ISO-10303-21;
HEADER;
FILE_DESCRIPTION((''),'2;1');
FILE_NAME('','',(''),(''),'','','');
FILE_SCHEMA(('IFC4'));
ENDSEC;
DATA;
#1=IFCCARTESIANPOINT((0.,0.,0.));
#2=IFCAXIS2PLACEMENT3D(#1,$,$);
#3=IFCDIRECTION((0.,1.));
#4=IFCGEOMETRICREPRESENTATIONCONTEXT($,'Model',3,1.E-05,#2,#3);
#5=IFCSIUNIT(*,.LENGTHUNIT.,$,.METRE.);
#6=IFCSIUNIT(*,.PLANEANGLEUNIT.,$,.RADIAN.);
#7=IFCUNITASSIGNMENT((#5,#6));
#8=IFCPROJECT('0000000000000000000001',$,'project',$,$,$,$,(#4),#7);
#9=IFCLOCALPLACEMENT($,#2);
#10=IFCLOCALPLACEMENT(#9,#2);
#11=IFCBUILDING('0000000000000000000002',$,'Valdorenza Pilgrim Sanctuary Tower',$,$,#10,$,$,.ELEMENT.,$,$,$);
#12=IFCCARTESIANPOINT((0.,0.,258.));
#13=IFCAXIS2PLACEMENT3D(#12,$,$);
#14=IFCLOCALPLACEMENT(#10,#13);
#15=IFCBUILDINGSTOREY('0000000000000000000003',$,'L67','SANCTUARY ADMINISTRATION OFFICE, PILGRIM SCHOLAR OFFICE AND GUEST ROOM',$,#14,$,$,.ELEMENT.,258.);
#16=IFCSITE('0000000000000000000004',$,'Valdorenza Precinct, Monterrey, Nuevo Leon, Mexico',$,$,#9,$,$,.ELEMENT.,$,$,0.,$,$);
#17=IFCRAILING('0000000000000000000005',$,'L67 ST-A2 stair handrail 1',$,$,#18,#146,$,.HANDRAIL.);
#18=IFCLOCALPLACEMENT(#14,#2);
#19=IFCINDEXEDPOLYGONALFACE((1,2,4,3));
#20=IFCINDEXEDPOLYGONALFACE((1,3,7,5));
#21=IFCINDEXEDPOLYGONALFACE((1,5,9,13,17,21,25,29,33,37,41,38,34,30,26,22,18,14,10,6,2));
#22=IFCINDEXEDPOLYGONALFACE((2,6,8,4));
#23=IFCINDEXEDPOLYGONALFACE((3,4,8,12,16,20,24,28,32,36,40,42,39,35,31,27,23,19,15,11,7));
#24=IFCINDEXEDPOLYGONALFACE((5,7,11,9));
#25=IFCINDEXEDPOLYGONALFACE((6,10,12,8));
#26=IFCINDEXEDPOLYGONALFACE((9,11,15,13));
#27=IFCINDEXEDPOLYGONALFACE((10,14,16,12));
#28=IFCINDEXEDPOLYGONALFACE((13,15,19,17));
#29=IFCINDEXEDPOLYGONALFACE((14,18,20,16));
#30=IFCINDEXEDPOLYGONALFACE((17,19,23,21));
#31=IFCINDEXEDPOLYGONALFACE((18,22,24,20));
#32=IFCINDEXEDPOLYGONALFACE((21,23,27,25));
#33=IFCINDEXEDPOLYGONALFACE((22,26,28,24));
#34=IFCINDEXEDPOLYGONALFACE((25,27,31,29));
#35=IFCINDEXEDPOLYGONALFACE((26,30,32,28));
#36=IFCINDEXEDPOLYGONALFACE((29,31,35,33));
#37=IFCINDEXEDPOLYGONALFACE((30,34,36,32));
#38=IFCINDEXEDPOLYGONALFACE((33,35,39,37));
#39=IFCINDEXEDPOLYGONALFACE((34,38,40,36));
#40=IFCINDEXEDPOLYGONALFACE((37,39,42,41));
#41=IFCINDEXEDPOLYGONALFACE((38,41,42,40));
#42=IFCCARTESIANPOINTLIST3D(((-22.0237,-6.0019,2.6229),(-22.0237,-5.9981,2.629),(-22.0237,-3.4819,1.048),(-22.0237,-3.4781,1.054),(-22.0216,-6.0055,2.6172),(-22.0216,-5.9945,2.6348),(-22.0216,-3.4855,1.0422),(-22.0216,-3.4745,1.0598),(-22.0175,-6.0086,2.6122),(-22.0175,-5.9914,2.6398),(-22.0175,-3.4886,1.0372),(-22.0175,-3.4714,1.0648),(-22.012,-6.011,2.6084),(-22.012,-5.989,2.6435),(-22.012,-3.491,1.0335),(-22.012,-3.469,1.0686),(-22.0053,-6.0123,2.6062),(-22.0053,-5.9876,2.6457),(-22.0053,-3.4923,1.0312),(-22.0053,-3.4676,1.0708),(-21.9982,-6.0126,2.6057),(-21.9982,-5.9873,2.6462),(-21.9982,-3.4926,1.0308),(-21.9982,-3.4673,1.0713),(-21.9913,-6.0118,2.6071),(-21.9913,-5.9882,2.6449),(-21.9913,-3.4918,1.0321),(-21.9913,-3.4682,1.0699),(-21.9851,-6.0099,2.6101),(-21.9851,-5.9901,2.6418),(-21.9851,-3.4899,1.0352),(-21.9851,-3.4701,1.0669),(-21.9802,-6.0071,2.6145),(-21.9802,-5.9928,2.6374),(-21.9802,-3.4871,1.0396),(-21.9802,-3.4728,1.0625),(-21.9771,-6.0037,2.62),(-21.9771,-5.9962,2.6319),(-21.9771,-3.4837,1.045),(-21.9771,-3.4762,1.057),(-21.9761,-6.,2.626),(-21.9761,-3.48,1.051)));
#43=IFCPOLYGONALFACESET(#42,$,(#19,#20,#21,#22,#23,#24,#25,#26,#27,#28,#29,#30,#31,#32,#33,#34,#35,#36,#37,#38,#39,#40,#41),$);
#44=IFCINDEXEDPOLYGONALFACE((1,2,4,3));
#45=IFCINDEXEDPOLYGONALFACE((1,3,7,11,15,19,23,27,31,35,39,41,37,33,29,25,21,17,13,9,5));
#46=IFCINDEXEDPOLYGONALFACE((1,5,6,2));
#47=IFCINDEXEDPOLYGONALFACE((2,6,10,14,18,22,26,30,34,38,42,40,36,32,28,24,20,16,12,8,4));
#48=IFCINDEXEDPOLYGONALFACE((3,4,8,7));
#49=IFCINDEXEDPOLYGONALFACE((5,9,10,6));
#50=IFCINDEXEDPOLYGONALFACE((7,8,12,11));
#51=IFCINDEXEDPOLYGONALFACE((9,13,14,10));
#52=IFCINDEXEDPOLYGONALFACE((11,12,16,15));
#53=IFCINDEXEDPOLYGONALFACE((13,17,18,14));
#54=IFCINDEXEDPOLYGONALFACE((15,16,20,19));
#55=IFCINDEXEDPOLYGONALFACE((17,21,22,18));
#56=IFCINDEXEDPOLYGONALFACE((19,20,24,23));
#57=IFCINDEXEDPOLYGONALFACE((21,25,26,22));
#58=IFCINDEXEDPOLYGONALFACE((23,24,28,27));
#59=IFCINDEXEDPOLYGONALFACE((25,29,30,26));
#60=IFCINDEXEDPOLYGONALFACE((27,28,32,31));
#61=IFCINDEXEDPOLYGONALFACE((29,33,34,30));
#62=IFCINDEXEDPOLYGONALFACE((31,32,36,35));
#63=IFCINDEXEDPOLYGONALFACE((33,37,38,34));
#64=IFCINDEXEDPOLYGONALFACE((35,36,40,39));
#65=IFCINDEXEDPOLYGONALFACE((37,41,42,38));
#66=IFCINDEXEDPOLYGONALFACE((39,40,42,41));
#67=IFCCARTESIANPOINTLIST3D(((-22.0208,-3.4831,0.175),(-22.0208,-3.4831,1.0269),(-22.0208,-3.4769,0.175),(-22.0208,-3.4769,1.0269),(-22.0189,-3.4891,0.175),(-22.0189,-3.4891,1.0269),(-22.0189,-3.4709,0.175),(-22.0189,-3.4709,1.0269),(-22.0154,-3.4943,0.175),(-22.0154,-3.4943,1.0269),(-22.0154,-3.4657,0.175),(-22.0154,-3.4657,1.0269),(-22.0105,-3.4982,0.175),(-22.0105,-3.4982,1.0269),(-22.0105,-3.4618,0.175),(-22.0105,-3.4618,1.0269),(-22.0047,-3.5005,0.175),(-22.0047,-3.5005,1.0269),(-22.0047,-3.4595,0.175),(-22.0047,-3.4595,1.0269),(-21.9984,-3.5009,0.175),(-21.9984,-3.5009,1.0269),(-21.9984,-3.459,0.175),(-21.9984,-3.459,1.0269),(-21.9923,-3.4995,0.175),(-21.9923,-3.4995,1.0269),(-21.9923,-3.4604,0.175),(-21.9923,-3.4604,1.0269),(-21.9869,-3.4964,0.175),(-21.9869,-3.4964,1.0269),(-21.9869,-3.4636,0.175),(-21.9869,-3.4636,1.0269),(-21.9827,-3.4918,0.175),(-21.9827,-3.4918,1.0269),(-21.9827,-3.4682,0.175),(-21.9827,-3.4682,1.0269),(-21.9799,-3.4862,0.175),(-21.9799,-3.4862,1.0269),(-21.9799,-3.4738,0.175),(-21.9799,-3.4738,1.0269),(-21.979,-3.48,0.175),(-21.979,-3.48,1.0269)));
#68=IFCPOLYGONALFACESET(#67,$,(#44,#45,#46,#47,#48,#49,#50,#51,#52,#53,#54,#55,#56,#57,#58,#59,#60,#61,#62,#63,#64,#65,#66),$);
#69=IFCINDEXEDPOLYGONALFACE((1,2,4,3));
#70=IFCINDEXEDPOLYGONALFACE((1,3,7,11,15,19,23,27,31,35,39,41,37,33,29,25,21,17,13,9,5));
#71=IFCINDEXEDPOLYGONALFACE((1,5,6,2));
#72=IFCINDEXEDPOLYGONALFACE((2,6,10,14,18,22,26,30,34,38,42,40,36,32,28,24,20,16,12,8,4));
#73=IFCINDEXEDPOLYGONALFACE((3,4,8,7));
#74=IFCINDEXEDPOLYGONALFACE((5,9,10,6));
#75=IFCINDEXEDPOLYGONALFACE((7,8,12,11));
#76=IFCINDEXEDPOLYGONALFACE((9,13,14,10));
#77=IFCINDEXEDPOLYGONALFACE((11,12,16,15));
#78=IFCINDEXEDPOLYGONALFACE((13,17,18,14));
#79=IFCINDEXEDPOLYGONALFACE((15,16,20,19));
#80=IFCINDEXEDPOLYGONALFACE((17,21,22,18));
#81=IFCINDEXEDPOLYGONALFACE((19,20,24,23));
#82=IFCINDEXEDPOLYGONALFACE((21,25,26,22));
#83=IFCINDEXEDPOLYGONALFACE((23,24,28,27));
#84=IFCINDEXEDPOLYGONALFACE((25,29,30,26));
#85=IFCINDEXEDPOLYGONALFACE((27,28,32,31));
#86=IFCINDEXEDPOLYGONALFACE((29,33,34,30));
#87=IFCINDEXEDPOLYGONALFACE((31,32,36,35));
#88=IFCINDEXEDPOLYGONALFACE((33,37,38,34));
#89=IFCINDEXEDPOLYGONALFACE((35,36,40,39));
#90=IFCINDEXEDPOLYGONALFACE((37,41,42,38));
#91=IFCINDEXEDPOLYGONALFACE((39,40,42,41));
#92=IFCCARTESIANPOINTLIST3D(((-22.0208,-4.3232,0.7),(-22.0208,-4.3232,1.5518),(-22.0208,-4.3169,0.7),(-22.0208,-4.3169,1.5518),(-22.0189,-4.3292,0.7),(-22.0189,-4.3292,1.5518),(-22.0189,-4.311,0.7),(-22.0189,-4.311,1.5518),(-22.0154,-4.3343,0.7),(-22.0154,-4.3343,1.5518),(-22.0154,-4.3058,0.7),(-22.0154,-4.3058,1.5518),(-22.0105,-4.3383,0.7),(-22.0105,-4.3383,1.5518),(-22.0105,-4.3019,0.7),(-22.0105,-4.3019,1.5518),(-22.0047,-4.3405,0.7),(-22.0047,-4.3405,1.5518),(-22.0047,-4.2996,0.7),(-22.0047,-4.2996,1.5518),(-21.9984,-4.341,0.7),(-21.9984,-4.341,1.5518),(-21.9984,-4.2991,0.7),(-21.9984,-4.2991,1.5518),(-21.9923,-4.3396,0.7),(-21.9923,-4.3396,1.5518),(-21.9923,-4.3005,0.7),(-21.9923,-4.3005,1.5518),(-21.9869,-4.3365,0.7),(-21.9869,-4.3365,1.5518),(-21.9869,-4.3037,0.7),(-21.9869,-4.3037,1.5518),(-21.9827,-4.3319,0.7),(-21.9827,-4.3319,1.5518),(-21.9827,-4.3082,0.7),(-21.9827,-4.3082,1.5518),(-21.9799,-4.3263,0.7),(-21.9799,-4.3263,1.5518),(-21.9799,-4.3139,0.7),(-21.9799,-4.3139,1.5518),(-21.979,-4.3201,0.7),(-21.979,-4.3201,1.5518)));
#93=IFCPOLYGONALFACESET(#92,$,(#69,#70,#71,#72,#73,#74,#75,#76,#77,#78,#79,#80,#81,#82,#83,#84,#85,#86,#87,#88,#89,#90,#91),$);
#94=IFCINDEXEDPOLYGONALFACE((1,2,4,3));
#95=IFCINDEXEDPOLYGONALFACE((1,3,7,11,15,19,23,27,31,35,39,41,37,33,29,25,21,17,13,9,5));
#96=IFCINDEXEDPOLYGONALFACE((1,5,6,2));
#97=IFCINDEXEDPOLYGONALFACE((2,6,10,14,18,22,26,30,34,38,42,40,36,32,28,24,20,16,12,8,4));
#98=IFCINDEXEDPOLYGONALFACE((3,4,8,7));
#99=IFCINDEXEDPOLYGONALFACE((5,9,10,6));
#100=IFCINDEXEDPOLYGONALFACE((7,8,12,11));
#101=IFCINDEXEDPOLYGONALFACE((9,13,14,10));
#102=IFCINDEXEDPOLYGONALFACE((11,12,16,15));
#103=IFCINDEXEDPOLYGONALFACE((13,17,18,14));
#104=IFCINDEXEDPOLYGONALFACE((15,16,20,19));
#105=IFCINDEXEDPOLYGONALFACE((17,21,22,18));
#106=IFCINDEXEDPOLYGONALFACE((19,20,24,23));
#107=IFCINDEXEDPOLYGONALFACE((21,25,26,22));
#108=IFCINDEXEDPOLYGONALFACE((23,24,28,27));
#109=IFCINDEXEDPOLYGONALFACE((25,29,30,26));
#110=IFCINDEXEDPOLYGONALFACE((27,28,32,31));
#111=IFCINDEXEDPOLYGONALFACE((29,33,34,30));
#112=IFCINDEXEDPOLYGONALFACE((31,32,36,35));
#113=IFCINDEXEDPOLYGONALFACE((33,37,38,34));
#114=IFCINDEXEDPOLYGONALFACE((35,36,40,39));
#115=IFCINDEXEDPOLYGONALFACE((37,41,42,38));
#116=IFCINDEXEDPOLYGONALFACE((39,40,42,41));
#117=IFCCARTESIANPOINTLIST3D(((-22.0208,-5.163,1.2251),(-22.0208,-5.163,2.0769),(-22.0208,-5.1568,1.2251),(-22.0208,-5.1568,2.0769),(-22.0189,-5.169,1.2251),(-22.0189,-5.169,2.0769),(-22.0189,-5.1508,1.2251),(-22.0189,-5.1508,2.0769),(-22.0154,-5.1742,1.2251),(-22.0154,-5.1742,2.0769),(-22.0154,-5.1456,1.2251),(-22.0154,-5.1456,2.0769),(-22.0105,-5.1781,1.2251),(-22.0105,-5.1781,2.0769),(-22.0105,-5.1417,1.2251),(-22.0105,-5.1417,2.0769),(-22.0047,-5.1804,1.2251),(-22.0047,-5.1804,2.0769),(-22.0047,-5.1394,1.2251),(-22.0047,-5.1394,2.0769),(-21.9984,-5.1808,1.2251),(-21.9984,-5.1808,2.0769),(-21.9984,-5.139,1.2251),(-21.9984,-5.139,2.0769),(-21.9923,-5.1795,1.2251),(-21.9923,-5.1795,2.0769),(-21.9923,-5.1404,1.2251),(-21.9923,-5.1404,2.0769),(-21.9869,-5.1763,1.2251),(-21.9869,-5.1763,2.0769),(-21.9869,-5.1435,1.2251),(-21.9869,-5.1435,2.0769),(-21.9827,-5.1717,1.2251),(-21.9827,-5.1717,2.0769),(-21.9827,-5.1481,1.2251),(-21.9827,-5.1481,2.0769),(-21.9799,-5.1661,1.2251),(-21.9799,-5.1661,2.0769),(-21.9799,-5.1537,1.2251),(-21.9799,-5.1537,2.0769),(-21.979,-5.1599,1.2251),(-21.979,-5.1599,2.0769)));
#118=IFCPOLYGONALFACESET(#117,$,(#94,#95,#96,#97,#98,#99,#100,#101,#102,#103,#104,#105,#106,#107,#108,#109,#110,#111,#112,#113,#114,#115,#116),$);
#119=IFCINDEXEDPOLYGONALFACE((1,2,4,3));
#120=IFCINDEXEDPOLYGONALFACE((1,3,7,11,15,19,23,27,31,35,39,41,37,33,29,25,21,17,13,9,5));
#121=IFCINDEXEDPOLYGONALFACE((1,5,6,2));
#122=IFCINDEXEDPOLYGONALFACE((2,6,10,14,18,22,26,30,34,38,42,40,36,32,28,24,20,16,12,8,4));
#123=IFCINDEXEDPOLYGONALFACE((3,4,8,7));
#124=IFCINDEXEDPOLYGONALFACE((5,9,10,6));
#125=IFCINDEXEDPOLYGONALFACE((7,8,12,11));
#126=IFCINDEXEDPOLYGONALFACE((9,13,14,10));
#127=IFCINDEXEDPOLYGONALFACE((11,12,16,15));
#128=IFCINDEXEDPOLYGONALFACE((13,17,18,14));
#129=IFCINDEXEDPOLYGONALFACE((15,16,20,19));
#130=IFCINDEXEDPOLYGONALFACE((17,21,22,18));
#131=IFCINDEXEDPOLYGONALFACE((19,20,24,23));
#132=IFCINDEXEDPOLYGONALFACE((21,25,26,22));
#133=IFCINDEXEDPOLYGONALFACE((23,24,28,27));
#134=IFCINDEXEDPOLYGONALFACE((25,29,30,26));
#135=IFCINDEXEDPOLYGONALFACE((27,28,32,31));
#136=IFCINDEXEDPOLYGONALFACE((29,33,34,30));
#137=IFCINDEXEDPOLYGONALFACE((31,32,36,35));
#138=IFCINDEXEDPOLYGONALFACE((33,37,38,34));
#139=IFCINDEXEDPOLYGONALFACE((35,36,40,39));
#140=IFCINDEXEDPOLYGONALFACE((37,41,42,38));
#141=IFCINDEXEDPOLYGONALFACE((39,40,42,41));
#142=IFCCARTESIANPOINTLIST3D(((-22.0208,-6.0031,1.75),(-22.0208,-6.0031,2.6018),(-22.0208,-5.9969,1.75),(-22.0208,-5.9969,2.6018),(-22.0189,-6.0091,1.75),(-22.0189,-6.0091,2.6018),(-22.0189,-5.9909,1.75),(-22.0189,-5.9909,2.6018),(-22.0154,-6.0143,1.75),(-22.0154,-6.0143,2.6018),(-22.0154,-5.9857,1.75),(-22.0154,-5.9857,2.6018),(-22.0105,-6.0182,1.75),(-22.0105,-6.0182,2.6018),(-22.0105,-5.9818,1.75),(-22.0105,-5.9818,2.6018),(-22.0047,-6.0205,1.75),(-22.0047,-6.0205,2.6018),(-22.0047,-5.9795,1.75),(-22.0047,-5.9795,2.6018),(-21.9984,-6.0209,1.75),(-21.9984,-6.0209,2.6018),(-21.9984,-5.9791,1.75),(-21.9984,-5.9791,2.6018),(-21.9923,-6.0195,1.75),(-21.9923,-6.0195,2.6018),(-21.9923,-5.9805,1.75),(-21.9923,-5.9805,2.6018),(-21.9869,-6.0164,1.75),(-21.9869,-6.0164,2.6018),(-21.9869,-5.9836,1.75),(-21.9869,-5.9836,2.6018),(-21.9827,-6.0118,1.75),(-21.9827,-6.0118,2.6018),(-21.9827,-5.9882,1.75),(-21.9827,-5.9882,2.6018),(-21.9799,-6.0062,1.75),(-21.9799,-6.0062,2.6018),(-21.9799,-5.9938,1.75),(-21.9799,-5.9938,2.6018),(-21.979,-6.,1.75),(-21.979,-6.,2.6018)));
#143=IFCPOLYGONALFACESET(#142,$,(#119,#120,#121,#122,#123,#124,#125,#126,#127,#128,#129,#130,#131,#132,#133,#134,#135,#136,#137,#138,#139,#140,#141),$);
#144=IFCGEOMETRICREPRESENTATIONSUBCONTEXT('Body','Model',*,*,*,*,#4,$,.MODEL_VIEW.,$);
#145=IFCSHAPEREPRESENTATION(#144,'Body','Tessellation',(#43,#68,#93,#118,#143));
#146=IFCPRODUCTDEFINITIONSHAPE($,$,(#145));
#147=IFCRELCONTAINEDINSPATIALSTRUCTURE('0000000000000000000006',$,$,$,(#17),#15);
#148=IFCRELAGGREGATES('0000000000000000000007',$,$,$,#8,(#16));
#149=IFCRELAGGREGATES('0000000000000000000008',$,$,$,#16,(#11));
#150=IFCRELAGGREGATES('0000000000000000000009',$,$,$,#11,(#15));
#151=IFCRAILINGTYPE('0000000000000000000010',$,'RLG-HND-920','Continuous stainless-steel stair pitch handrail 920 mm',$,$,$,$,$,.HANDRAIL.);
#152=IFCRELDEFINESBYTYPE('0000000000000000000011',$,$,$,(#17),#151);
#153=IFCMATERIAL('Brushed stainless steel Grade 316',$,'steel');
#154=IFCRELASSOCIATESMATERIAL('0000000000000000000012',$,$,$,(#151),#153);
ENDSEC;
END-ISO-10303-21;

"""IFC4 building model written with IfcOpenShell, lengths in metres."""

from ifc_helpers import new_model, si_unit, direction, frame, origin, origin_2d, place, context, subcontext, project, spatial, circle, extrude, material, type_object, element, save


model = new_model("IFC4")

# Units and contexts
model_context = context("Model", 3, precision=1e-05, world=origin(), true_north=direction((0.0, 1.0)))
body_context = subcontext(model_context, "Body", "Model", "MODEL_VIEW")
ifc_project = project(units=[si_unit("LENGTHUNIT", "METRE"), si_unit("PLANEANGLEUNIT", "RADIAN")], contexts=[model_context])

# Site, building, storey
site_placement = place(None, origin())
site = spatial("IfcSite", under=ifc_project, at=site_placement, Name="Valdorenza Precinct, Monterrey, Nuevo Leon, Mexico", CompositionType="ELEMENT", RefElevation=0.0)
building_placement = place(site_placement, origin())
building = spatial("IfcBuilding", under=site, at=building_placement, Name="Valdorenza Pilgrim Sanctuary Tower", CompositionType="ELEMENT")
storey_placement = place(building_placement, frame((0.0, 0.0, 258.0)))
storey = spatial("IfcBuildingStorey", under=building, at=storey_placement, Name="L67", Description="SANCTUARY ADMINISTRATION OFFICE, PILGRIM SCHOLAR OFFICE AND GUEST ROOM", CompositionType="ELEMENT", Elevation=258.0)

# Shared definitions
ifc_material_1 = material(Name="Brushed stainless steel Grade 316", Category="steel")

# Railing
railing_type_1 = type_object("IfcRailingType", Name="RLG-HND-920", Description="Continuous stainless-steel stair pitch handrail 920 mm", PredefinedType="HANDRAIL", material=ifc_material_1)
railing_1_placement = place(storey_placement, frame((-22.0, -3.48, 0.175)))
element("IfcRailing", 1, at=railing_1_placement, inside=storey, type_object=railing_type_1, Name="L67 ST-A2 stair handrail 1", PredefinedType="HANDRAIL", context=body_context, shape_type="SweptSolid", body=[
    extrude(circle(Radius=0.0239, at=origin_2d()), frame((0.0, 0.0, 0.876), z_axis=(0.0, -0.848008, 0.529984), x_axis=(1.0, 0.0, 0.0)), (0.0, 0.0, 1.0), 2.9717),
    extrude(circle(Radius=0.021, at=origin_2d()), origin(), (0.0, 0.0, 1.0), 0.8518),
    extrude(circle(Radius=0.021, at=origin_2d()), frame((0.0, -0.8401, 0.5249)), (0.0, 0.0, 1.0), 0.8518),
    extrude(circle(Radius=0.021, at=origin_2d()), frame((0.0, -1.6799, 1.05)), (0.0, 0.0, 1.0), 0.8518),
    extrude(circle(Radius=0.021, at=origin_2d()), frame((0.0, -2.52, 1.575)), (0.0, 0.0, 1.0), 0.8518),
])

save(model, "model.ifc")
